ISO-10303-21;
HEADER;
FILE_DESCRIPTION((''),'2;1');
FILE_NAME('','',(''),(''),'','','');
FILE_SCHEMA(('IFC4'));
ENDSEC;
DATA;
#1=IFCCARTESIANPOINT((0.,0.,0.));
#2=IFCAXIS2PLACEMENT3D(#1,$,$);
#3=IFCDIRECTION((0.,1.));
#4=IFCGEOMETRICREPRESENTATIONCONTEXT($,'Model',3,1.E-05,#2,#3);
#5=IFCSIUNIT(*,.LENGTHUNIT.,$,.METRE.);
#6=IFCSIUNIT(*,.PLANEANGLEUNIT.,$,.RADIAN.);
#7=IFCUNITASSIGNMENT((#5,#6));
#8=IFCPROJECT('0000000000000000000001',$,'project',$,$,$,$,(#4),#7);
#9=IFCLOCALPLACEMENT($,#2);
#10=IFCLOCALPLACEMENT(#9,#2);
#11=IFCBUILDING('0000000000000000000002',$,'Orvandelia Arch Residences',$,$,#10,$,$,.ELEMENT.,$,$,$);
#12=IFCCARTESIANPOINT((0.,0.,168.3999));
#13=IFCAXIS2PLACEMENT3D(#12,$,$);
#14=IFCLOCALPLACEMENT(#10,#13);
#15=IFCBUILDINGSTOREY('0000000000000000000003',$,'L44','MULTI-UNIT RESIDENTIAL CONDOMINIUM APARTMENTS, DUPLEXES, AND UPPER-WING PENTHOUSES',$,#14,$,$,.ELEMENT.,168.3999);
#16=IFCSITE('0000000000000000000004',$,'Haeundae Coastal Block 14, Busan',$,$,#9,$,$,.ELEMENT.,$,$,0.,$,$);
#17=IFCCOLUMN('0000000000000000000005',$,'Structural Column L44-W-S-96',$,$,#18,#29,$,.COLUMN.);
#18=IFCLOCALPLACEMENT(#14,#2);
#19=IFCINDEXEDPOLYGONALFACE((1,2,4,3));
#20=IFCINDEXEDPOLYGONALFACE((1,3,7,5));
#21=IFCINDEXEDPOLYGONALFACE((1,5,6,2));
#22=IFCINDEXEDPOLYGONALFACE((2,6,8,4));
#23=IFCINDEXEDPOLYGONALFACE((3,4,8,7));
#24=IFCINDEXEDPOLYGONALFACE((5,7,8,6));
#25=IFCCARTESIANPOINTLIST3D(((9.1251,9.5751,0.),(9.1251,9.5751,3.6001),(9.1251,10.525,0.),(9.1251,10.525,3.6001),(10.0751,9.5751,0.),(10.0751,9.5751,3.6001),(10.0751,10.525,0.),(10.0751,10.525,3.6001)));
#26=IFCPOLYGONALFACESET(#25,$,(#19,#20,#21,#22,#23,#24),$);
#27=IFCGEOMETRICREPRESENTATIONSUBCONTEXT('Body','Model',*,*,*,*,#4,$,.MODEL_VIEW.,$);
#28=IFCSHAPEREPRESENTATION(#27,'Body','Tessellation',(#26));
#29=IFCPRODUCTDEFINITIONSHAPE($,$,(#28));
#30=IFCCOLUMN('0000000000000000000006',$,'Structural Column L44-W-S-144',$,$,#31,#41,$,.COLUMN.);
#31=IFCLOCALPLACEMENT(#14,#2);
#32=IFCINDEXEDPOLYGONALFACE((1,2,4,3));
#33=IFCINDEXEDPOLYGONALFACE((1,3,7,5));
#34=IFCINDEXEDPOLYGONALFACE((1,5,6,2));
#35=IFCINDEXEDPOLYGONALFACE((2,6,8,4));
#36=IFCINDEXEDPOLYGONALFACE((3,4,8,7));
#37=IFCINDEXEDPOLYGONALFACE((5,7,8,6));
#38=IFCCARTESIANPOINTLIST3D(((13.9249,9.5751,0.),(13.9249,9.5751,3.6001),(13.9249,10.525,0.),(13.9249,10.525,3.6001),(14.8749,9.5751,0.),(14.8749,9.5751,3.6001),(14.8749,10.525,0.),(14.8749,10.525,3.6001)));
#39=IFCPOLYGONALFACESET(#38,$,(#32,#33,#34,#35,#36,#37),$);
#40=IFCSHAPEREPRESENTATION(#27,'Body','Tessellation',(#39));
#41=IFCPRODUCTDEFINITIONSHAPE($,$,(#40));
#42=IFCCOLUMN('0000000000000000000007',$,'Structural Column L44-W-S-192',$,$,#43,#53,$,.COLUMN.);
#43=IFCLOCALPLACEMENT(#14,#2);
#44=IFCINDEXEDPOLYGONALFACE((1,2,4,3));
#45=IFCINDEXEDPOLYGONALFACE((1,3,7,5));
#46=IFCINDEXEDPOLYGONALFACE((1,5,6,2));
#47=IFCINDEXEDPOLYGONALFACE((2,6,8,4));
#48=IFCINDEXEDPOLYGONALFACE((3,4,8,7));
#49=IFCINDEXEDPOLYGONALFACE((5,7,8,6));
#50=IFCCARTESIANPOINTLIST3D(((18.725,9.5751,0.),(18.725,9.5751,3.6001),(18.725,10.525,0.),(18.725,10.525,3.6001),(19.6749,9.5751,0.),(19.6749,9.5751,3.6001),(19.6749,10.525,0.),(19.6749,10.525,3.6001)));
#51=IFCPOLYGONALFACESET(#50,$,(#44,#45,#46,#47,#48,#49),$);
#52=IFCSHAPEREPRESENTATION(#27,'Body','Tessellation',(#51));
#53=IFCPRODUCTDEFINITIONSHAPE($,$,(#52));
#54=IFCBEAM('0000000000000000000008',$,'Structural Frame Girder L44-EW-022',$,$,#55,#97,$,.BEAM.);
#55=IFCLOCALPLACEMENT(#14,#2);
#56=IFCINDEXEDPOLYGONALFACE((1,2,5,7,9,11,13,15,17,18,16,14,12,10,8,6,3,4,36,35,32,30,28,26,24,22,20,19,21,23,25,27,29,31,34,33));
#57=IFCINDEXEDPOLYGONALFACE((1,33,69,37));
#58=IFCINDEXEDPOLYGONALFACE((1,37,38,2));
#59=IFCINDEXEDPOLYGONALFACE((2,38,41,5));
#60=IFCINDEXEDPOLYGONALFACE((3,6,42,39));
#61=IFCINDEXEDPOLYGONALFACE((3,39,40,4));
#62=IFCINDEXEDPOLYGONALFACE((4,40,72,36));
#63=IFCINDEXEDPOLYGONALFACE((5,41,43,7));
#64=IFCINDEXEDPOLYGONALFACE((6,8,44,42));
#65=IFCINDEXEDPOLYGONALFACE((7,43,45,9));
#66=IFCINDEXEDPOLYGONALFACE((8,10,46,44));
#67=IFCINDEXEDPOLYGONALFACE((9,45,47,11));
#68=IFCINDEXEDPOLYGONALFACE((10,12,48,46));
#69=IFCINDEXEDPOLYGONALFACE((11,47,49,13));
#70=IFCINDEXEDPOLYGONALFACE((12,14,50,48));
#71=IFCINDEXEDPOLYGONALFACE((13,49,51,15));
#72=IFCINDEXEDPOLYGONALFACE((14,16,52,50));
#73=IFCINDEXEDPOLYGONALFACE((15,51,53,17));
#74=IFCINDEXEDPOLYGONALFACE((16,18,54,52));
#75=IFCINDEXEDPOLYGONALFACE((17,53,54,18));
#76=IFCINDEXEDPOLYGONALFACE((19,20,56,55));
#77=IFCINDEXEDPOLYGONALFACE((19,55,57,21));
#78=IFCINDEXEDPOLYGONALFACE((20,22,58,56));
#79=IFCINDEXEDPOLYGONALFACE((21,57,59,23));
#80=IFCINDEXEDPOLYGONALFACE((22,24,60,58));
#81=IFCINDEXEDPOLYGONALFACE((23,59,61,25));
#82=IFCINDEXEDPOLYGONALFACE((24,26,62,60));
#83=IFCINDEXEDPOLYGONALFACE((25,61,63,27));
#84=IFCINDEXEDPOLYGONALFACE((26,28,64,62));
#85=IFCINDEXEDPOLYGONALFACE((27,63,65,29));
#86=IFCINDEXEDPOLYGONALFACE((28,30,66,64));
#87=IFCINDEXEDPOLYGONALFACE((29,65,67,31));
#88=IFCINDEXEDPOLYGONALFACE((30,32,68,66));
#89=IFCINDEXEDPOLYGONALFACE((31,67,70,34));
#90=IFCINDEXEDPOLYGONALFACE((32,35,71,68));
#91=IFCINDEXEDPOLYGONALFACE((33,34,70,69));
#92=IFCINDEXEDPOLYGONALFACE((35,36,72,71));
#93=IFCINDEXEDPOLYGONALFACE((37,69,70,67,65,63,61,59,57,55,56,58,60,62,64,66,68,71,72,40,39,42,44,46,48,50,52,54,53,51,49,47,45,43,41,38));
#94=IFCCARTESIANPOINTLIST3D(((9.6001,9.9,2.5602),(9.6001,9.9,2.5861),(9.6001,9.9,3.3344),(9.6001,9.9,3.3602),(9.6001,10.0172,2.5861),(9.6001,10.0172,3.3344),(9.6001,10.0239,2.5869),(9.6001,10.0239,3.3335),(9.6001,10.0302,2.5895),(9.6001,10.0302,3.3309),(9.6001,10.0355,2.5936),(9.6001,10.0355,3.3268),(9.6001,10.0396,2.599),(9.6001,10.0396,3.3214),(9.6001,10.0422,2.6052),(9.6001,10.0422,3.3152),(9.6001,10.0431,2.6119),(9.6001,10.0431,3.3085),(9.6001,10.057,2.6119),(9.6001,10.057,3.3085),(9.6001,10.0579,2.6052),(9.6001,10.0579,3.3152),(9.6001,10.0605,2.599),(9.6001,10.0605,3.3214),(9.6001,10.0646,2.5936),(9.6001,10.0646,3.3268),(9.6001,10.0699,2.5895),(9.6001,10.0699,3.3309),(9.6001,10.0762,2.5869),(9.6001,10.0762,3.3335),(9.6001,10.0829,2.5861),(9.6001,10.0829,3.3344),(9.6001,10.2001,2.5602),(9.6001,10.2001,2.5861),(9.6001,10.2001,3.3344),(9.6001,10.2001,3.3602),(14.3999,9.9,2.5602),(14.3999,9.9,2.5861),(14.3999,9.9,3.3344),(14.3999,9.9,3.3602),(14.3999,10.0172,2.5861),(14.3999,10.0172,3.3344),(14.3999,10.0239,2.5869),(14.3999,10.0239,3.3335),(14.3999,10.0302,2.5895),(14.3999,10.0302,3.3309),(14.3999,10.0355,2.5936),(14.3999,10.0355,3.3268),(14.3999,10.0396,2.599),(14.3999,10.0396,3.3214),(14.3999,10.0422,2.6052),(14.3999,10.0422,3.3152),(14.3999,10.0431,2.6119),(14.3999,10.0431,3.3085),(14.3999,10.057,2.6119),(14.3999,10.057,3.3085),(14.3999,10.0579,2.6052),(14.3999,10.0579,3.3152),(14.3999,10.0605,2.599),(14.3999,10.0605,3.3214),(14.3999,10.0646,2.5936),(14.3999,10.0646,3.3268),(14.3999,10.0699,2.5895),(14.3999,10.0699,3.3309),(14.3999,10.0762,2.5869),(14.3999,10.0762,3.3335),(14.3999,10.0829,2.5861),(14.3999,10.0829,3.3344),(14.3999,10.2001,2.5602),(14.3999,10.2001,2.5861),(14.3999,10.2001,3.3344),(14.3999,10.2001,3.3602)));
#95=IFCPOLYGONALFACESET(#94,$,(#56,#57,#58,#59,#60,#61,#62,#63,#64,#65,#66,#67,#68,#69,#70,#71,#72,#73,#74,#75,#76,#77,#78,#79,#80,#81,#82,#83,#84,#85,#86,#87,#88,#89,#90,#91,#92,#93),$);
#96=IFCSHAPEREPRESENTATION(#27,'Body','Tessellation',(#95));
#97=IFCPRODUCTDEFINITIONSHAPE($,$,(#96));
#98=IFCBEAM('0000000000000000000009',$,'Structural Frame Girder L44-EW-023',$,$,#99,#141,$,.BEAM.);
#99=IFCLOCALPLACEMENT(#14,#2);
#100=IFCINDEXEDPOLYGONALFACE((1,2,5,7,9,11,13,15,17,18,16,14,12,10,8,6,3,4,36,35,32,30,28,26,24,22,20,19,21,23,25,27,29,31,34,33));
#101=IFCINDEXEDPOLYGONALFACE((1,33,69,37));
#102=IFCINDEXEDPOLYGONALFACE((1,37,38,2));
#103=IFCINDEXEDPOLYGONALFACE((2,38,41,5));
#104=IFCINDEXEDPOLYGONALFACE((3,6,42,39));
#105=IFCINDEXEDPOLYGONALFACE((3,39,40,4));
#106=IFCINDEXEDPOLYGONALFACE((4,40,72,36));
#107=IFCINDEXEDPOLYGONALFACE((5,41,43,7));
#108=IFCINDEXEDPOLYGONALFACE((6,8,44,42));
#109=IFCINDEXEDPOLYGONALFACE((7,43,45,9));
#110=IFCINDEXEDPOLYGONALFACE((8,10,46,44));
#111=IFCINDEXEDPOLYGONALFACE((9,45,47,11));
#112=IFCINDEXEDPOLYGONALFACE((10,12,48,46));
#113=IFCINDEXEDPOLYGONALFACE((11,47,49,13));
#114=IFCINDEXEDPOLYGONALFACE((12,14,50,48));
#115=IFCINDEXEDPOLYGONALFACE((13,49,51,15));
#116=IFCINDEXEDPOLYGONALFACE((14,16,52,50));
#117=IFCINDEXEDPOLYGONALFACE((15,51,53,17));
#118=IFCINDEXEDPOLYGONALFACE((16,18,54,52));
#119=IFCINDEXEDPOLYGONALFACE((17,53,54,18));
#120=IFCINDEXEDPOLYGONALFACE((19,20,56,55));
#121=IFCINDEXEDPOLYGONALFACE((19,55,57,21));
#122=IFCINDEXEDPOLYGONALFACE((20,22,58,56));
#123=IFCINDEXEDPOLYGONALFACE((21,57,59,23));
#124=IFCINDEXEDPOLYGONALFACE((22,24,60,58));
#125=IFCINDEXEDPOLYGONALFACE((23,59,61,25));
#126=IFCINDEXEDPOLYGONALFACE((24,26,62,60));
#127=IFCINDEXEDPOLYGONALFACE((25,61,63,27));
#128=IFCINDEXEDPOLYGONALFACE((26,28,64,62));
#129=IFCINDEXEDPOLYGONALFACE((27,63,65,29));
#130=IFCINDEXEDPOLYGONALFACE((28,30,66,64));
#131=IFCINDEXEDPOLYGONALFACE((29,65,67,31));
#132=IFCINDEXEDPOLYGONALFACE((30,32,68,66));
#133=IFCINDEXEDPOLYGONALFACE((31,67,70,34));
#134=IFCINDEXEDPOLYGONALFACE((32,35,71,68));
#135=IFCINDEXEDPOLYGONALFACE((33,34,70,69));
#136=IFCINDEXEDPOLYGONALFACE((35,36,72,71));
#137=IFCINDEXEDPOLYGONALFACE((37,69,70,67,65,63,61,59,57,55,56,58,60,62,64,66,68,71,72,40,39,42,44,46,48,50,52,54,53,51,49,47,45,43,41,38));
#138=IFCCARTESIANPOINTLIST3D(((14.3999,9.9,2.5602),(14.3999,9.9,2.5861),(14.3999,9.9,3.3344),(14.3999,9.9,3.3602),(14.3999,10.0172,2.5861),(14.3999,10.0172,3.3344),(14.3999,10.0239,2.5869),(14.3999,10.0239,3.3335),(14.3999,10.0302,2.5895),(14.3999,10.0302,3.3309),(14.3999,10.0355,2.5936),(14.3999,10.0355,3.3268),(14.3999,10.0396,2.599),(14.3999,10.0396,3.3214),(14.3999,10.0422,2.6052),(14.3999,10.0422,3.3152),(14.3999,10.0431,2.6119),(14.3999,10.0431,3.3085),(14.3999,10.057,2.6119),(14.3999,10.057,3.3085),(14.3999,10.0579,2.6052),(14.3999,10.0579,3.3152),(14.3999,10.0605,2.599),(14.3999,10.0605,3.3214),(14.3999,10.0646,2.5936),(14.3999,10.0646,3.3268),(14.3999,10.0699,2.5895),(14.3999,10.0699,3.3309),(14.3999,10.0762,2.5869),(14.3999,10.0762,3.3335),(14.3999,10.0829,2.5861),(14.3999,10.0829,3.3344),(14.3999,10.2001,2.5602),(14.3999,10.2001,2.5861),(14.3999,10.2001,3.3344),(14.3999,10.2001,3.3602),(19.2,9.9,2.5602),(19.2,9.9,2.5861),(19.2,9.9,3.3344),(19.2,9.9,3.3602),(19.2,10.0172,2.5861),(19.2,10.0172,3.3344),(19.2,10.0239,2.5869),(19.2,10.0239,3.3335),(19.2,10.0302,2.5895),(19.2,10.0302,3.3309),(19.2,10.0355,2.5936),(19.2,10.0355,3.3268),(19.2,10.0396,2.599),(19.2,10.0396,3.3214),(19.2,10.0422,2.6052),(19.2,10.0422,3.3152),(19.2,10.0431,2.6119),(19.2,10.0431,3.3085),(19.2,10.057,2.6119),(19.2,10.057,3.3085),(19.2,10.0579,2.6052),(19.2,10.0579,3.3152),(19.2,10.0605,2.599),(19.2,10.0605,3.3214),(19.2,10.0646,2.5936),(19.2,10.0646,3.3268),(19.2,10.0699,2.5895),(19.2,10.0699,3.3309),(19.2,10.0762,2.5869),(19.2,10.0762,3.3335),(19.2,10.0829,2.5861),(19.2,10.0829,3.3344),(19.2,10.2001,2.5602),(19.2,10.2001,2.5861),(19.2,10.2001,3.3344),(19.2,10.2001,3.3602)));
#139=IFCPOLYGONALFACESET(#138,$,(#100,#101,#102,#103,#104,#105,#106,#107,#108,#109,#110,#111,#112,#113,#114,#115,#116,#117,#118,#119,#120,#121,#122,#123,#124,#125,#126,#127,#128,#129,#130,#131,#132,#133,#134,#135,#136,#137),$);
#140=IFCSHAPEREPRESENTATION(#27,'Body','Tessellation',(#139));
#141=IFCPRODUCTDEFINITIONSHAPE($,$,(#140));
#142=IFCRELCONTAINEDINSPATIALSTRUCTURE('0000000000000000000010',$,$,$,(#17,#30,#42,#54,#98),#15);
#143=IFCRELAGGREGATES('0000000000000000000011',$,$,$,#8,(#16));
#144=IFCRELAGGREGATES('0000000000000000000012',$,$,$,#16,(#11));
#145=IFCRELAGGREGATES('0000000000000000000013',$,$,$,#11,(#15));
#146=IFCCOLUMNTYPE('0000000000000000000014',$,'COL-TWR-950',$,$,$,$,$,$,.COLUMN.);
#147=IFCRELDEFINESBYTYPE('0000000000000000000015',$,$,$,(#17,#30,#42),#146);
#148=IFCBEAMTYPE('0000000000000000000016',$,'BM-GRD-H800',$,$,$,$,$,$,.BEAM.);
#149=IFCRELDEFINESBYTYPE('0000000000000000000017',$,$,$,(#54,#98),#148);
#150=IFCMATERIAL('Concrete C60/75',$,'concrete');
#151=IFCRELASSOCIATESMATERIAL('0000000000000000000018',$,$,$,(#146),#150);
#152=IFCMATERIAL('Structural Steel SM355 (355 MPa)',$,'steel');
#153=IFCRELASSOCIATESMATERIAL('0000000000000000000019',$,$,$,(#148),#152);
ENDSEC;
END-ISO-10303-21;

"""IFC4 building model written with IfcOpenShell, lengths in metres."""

from ifc_helpers import new_model, si_unit, direction, frame, origin, origin_2d, place, context, subcontext, project, spatial, rectangle, i_section, extrude, material, material_profile, profile_set, type_object, element, save


model = new_model("IFC4")

# Units and contexts
model_context = context("Model", 3, precision=1e-05, world=origin(), true_north=direction((0.0, 1.0)))
body_context = subcontext(model_context, "Body", "Model", "MODEL_VIEW")
ifc_project = project(units=[si_unit("LENGTHUNIT", "METRE"), si_unit("PLANEANGLEUNIT", "RADIAN")], contexts=[model_context])

# Site, building, storey
site_placement = place(None, origin())
site = spatial("IfcSite", under=ifc_project, at=site_placement, Name="Haeundae Coastal Block 14, Busan", CompositionType="ELEMENT", RefElevation=0.0)
building_placement = place(site_placement, origin())
building = spatial("IfcBuilding", under=site, at=building_placement, Name="Orvandelia Arch Residences", CompositionType="ELEMENT")
storey_placement = place(building_placement, frame((0.0, 0.0, 168.3999)))
storey = spatial("IfcBuildingStorey", under=building, at=storey_placement, Name="L44", Description="MULTI-UNIT RESIDENTIAL CONDOMINIUM APARTMENTS, DUPLEXES, AND UPPER-WING PENTHOUSES", CompositionType="ELEMENT", Elevation=168.3999)

# Columns
ifc_material_1 = material(Name="Concrete C60/75", Category="concrete")
ifc_material_profile_1 = material_profile(ifc_material_1, rectangle(XDim=0.95, YDim=0.95, at=origin_2d()), Name="Concrete C60/75", Category="concrete")
ifc_profile_set_1 = profile_set([ifc_material_profile_1], Name="Concrete C60/75")
column_type = type_object("IfcColumnType", Name="COL-TWR-950", PredefinedType="COLUMN", material=ifc_profile_set_1)
for number, where, z_axis, x_axis, name in (
    (1, (9.6001, 10.05, 0.0), (0.0, 0.0, 1.0), (1.0, 0.0, 0.0), "Structural Column L44-W-S-96"),
    (2, (14.3999, 10.05, 0.0), (0.0, 0.0, 1.0), (1.0, 0.0, 0.0), "Structural Column L44-W-S-144"),
    (3, (19.2, 10.05, 0.0), (0.0, 0.0, 1.0), (1.0, 0.0, 0.0), "Structural Column L44-W-S-192"),
):
    element("IfcColumn", number, at=place(storey_placement, frame(where, z_axis=z_axis, x_axis=x_axis)), inside=storey, type_object=column_type, Name=name, PredefinedType="COLUMN", context=body_context, shape_type="SweptSolid", body=[
        extrude(rectangle(XDim=0.95, YDim=0.95, at=origin_2d()), origin(), (0.0, 0.0, 1.0), 3.6001),
    ])

# Beams
ifc_material_2 = material(Name="Structural Steel SM355 (355 MPa)", Category="steel")
ifc_material_profile_2 = material_profile(ifc_material_2, i_section(OverallWidth=0.3, OverallDepth=0.8, WebThickness=0.0139, FlangeThickness=0.0259, FilletRadius=0.0259, at=origin_2d()), Name="Structural Steel SM355 (355 MPa)", Category="steel")
ifc_profile_set_2 = profile_set([ifc_material_profile_2], Name="Structural Steel SM355 (355 MPa)")
beam_type = type_object("IfcBeamType", Name="BM-GRD-H800", PredefinedType="BEAM", material=ifc_profile_set_2)
beam_1_placement = place(storey_placement, frame((9.6001, 10.05, 2.9602), z_axis=(1.0, 0.0, 0.0), x_axis=(0.0, 1.0, 0.0)))
element("IfcBeam", 4, at=beam_1_placement, inside=storey, type_object=beam_type, Name="Structural Frame Girder L44-EW-022", PredefinedType="BEAM", context=body_context, shape_type="SweptSolid", body=[
    extrude(i_section(OverallWidth=0.3, OverallDepth=0.8, WebThickness=0.0139, FlangeThickness=0.0259, FilletRadius=0.0259, at=origin_2d()), origin(), (0.0, 0.0, 1.0), 4.7998),
])
beam_2_placement = place(storey_placement, frame((14.3999, 10.05, 2.9602), z_axis=(1.0, 0.0, 0.0), x_axis=(0.0, 1.0, 0.0)))
element("IfcBeam", 5, at=beam_2_placement, inside=storey, type_object=beam_type, Name="Structural Frame Girder L44-EW-023", PredefinedType="BEAM", context=body_context, shape_type="SweptSolid", body=[
    extrude(i_section(OverallWidth=0.3, OverallDepth=0.8, WebThickness=0.0139, FlangeThickness=0.0259, FilletRadius=0.0259, at=origin_2d()), origin(), (0.0, 0.0, 1.0), 4.8),
])

save(model, "model.ifc")
